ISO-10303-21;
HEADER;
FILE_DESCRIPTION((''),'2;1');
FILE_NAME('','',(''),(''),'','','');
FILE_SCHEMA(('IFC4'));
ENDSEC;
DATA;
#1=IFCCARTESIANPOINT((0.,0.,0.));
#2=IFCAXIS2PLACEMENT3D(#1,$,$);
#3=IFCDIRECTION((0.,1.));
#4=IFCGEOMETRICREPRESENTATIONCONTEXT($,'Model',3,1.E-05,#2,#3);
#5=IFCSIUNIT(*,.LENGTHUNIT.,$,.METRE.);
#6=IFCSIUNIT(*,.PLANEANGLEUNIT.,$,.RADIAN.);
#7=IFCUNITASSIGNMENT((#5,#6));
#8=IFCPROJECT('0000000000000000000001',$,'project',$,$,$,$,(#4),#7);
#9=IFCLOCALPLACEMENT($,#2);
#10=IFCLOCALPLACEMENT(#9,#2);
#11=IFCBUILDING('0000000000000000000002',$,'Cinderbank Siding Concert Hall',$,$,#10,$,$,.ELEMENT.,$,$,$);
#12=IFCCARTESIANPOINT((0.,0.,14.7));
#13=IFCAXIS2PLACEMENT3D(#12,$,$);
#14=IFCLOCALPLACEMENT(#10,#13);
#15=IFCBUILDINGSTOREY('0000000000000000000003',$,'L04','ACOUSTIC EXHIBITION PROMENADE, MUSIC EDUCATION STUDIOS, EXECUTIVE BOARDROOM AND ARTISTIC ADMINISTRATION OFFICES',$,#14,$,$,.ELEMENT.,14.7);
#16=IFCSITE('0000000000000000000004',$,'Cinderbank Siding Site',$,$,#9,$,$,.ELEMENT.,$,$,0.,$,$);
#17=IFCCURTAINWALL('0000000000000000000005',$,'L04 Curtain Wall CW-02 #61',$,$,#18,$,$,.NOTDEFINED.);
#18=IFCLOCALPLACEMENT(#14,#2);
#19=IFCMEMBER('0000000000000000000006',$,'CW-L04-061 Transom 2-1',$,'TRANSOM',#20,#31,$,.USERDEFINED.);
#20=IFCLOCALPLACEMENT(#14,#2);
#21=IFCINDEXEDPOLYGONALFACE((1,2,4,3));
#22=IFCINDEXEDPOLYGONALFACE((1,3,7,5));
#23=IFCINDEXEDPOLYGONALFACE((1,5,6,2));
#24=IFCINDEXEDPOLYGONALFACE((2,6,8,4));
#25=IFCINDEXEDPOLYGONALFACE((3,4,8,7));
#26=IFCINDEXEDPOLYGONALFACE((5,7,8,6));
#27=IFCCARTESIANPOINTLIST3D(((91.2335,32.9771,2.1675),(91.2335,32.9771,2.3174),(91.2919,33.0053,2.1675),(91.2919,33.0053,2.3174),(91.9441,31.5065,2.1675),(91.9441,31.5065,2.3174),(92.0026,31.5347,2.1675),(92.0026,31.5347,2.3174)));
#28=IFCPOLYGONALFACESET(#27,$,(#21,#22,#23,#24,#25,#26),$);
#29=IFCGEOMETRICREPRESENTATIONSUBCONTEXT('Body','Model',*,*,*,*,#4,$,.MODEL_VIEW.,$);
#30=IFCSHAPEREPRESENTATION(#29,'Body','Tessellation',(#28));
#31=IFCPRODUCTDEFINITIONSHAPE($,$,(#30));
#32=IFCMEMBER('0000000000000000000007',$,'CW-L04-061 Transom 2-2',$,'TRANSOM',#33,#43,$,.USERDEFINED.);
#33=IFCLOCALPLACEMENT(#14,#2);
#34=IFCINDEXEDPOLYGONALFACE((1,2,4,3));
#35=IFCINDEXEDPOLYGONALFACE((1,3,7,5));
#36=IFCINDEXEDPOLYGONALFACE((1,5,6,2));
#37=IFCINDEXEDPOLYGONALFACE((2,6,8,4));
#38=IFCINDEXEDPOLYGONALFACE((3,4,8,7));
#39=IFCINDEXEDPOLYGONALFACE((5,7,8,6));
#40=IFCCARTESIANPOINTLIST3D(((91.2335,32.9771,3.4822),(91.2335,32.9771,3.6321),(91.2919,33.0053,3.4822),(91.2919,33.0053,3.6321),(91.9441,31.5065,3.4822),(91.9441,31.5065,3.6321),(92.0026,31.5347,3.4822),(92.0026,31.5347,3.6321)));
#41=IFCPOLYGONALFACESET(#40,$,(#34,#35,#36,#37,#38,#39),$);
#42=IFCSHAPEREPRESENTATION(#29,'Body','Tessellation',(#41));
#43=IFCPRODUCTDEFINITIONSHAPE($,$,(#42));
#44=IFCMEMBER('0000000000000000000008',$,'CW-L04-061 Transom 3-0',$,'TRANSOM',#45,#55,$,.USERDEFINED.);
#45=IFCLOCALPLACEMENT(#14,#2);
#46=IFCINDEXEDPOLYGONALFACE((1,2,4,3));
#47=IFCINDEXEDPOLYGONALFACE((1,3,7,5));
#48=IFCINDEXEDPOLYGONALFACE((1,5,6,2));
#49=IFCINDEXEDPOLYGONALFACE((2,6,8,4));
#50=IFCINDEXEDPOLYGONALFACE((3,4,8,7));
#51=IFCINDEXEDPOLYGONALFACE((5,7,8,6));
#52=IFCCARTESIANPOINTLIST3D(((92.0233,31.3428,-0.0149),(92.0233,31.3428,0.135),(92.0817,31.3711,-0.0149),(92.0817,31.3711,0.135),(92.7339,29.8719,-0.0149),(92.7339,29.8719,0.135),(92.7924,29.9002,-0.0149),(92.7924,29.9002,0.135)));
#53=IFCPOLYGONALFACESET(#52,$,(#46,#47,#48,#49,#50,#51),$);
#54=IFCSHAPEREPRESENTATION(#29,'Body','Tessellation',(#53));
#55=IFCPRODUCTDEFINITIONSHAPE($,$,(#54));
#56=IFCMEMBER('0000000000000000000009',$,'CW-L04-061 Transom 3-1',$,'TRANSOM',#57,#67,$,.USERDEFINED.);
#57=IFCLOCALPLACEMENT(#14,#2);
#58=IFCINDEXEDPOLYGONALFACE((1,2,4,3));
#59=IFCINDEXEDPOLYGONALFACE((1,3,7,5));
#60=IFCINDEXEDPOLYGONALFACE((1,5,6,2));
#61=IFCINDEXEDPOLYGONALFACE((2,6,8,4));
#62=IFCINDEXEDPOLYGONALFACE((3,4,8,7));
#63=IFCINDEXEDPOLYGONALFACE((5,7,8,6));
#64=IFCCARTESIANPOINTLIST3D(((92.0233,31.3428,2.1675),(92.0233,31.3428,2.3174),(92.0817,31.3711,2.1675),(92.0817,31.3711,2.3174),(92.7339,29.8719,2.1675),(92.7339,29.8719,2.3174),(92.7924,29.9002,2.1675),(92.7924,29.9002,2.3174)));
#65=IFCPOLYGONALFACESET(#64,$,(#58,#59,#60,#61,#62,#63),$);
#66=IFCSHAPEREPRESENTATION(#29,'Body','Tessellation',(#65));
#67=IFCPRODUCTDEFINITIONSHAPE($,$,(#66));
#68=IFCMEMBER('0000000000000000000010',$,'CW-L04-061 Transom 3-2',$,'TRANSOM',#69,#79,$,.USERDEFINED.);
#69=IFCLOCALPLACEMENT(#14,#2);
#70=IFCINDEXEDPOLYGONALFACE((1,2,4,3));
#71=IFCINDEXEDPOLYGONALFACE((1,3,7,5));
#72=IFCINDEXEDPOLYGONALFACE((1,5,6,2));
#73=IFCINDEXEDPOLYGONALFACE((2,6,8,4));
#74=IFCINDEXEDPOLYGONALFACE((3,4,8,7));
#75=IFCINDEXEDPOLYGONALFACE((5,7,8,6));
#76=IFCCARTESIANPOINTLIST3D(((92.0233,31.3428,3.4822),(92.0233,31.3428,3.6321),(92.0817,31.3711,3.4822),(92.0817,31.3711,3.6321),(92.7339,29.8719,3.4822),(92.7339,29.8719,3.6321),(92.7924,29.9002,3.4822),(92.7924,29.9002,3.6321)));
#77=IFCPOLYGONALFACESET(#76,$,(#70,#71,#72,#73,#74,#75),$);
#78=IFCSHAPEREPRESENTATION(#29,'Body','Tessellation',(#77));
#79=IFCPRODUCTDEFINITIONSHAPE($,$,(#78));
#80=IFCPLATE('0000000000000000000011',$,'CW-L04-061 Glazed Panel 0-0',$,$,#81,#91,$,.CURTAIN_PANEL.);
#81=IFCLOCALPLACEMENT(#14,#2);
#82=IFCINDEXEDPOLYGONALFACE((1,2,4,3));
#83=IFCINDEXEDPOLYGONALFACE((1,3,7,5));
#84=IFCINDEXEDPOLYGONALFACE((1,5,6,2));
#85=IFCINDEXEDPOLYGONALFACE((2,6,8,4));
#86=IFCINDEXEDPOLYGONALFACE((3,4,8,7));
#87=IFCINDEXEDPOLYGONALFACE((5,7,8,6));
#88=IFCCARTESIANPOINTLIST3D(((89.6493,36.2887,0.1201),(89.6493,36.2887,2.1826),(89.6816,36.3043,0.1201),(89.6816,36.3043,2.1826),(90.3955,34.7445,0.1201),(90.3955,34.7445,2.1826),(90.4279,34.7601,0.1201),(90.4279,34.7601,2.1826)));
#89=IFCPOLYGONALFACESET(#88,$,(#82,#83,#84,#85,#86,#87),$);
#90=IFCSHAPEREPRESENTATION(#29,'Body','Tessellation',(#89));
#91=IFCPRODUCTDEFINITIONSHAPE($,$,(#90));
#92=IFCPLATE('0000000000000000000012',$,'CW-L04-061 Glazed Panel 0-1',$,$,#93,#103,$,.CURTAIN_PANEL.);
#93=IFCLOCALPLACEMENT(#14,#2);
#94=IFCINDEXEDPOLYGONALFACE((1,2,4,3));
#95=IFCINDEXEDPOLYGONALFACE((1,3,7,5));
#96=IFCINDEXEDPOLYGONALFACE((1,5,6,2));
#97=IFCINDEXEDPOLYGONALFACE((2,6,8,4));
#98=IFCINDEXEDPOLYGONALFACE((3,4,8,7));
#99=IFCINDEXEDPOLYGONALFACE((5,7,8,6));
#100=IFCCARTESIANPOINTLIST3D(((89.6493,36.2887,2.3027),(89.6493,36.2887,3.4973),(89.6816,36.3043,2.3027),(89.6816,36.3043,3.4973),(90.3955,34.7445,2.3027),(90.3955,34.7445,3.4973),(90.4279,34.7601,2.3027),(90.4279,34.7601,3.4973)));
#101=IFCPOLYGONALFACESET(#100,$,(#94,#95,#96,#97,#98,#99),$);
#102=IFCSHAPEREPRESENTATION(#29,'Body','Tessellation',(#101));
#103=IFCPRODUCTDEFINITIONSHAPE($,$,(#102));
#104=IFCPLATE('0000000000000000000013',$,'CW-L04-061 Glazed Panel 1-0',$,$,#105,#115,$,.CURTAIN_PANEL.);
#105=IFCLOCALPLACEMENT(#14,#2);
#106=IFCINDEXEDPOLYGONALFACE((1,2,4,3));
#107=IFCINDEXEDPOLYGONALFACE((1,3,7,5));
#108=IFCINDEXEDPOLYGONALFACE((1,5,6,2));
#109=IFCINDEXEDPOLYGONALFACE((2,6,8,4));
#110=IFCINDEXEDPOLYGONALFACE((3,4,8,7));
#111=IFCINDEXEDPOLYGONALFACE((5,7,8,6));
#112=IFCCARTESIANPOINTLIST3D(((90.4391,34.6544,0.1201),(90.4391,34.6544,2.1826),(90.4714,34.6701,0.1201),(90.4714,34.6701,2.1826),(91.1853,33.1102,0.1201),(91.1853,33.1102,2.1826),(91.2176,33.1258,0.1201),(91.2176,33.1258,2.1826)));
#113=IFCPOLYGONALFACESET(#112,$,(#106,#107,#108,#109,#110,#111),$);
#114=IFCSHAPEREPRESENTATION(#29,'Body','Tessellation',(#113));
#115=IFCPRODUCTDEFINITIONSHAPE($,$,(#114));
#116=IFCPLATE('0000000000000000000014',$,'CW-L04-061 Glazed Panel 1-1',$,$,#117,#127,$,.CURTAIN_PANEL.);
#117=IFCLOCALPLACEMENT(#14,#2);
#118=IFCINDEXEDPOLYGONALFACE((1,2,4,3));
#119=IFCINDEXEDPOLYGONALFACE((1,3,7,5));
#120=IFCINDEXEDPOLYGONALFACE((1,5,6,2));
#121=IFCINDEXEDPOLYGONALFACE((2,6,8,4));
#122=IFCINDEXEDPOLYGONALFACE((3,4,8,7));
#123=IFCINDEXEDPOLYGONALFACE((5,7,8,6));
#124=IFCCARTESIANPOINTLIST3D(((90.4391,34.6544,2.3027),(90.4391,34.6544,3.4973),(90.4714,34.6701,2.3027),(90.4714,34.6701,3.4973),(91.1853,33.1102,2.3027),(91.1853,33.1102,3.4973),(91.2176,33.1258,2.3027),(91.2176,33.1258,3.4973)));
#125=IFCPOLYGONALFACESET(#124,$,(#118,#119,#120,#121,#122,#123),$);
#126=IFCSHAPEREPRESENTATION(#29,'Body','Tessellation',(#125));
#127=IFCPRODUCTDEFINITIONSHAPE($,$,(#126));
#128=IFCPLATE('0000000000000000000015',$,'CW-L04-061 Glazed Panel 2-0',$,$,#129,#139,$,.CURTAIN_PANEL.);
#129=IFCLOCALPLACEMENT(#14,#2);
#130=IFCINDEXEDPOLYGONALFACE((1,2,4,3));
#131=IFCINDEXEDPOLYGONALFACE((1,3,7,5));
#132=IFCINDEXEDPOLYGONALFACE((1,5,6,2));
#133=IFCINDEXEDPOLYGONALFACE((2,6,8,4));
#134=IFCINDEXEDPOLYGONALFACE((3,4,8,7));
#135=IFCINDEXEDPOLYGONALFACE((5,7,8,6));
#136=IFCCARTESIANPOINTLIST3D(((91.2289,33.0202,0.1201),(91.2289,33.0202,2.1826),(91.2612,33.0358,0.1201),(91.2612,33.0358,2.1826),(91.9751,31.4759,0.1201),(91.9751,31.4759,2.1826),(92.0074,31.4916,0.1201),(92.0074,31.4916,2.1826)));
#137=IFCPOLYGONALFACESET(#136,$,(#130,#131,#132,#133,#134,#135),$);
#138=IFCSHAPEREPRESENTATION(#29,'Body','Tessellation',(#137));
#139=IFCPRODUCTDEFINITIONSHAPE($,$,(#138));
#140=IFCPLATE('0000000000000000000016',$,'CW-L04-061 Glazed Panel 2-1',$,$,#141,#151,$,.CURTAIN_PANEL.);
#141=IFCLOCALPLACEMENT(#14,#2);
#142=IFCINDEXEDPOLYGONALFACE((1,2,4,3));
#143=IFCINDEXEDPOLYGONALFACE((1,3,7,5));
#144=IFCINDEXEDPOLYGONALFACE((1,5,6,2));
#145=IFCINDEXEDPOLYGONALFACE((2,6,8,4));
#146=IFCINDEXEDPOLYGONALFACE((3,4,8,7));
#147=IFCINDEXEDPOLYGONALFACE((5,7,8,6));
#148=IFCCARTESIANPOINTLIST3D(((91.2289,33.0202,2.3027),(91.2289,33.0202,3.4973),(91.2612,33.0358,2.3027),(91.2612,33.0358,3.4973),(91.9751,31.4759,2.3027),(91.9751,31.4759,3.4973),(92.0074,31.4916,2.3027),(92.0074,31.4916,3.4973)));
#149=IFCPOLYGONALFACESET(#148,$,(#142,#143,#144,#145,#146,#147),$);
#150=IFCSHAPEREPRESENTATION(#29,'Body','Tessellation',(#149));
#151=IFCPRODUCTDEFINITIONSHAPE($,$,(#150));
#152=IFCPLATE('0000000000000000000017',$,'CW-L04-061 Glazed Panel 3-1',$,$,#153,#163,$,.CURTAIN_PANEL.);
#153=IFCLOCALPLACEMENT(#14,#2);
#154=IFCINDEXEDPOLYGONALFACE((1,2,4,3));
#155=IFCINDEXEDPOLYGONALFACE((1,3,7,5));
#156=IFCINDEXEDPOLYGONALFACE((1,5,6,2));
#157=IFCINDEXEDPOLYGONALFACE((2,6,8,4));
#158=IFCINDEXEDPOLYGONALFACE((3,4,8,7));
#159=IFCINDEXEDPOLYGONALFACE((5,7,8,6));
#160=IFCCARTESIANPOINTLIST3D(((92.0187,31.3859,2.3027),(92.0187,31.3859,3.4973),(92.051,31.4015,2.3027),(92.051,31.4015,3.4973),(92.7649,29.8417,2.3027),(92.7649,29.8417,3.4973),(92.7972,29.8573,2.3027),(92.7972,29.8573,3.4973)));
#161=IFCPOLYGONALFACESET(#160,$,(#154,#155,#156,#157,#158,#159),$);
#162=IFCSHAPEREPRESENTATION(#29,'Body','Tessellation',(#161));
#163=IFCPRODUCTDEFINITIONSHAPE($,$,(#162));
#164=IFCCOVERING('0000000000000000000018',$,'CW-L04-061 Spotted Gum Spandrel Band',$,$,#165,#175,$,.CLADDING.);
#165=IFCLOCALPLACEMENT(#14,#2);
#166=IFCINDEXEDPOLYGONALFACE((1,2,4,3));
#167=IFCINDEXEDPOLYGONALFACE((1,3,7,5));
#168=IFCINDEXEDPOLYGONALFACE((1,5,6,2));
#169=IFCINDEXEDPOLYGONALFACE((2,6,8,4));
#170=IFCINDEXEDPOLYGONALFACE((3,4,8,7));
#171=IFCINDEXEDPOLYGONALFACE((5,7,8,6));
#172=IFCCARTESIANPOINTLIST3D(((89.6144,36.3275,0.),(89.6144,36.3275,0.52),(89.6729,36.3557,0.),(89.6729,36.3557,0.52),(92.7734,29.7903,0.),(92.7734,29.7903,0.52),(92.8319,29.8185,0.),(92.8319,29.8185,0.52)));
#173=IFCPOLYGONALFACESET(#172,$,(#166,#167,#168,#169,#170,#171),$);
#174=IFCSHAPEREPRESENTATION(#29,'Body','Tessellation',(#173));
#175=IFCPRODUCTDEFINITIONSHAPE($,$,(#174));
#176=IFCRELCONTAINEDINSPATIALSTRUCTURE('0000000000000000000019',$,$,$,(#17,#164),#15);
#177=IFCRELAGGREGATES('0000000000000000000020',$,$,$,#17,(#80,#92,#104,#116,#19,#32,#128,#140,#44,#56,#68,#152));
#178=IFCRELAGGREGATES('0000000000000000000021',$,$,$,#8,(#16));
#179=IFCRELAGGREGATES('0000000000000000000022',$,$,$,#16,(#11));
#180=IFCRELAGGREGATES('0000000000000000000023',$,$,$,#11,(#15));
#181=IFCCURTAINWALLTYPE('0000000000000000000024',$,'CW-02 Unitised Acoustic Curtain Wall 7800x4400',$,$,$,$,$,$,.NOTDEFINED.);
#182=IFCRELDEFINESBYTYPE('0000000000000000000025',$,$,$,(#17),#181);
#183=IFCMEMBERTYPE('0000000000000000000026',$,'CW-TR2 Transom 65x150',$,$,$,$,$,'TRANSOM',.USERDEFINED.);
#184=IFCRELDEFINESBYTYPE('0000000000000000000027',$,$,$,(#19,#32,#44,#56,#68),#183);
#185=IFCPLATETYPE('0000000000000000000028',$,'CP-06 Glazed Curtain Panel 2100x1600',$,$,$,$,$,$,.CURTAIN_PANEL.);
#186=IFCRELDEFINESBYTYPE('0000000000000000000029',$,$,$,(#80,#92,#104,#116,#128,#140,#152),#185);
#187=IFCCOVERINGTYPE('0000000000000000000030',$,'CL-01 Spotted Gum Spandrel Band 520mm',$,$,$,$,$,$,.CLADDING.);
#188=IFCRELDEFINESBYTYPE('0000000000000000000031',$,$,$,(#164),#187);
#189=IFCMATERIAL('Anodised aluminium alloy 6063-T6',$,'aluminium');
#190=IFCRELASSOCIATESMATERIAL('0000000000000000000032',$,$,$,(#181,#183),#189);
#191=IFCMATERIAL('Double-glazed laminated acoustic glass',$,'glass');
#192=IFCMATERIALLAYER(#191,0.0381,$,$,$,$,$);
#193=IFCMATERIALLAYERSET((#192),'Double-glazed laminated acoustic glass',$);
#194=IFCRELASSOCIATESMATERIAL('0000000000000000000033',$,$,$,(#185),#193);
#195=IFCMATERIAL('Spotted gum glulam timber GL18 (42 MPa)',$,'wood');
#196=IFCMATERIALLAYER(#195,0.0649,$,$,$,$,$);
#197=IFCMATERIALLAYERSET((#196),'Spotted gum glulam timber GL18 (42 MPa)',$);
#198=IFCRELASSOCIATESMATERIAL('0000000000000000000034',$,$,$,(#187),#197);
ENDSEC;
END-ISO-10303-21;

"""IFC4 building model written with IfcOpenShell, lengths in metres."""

from ifc_helpers import new_model, si_unit, direction, frame, origin, origin_2d, place, context, subcontext, project, spatial, rectangle, extrude, material, layer, layer_set, material_profile, profile_set, type_object, element, aggregate, save


model = new_model("IFC4")

# Units and contexts
model_context = context("Model", 3, precision=1e-05, world=origin(), true_north=direction((0.0, 1.0)))
body_context = subcontext(model_context, "Body", "Model", "MODEL_VIEW")
ifc_project = project(units=[si_unit("LENGTHUNIT", "METRE"), si_unit("PLANEANGLEUNIT", "RADIAN")], contexts=[model_context])

# Site, building, storey
site_placement = place(None, origin())
site = spatial("IfcSite", under=ifc_project, at=site_placement, Name="Cinderbank Siding Site", CompositionType="ELEMENT", RefElevation=0.0)
building_placement = place(site_placement, origin())
building = spatial("IfcBuilding", under=site, at=building_placement, Name="Cinderbank Siding Concert Hall", CompositionType="ELEMENT")
storey_placement = place(building_placement, frame((0.0, 0.0, 14.7)))
storey = spatial("IfcBuildingStorey", under=building, at=storey_placement, Name="L04", Description="ACOUSTIC EXHIBITION PROMENADE, MUSIC EDUCATION STUDIOS, EXECUTIVE BOARDROOM AND ARTISTIC ADMINISTRATION OFFICES", CompositionType="ELEMENT", Elevation=14.7)

# Curtain wall, members, plates
ifc_material_1 = material(Name="Anodised aluminium alloy 6063-T6", Category="aluminium")
curtain_wall_type = type_object("IfcCurtainWallType", Name="CW-02 Unitised Acoustic Curtain Wall 7800x4400", PredefinedType="NOTDEFINED", material=ifc_material_1)
curtain_wall_placement = place(storey_placement, origin())
curtain_wall = element("IfcCurtainWall", 1, at=curtain_wall_placement, inside=storey, type_object=curtain_wall_type, Name="L04 Curtain Wall CW-02 #61", PredefinedType="NOTDEFINED")
ifc_material_profile_1 = material_profile(ifc_material_1, rectangle(XDim=0.0649, YDim=0.1499, at=origin_2d()), Name="ALU-TRAN-65x150", Category="LoadBearing")
ifc_profile_set_1 = profile_set([ifc_material_profile_1], Name="Anodised aluminium alloy 6063-T6")
member_type_1 = type_object("IfcMemberType", Name="CW-TR2 Transom 65x150", ElementType="TRANSOM", PredefinedType="USERDEFINED", material=ifc_profile_set_1)
member_1_placement = place(storey_placement, frame((91.2627, 32.9912, 2.2424), z_axis=(0.435096, -0.900384, 0.0), x_axis=(0.900384, 0.435096, 0.0)))
member_1 = element("IfcMember", 2, at=member_1_placement, type_object=member_type_1, Name="CW-L04-061 Transom 2-1", ObjectType="TRANSOM", PredefinedType="USERDEFINED", context=body_context, shape_type="SweptSolid", body=[
    extrude(rectangle(XDim=0.0649, YDim=0.1499, at=origin_2d()), origin(), (0.0, 0.0, 1.0), 1.6333),
])
member_2_placement = place(storey_placement, frame((91.2627, 32.9912, 3.5571), z_axis=(0.435096, -0.900384, 0.0), x_axis=(0.900384, 0.435096, 0.0)))
member_2 = element("IfcMember", 3, at=member_2_placement, type_object=member_type_1, Name="CW-L04-061 Transom 2-2", ObjectType="TRANSOM", PredefinedType="USERDEFINED", context=body_context, shape_type="SweptSolid", body=[
    extrude(rectangle(XDim=0.0649, YDim=0.1499, at=origin_2d()), origin(), (0.0, 0.0, 1.0), 1.6333),
])
member_3_placement = place(storey_placement, frame((92.0525, 31.3569, 0.0601), z_axis=(0.435037, -0.900412, 0.0), x_axis=(0.900412, 0.435037, 0.0)))
member_3 = element("IfcMember", 4, at=member_3_placement, type_object=member_type_1, Name="CW-L04-061 Transom 3-0", ObjectType="TRANSOM", PredefinedType="USERDEFINED", context=body_context, shape_type="SweptSolid", body=[
    extrude(rectangle(XDim=0.0649, YDim=0.1499, at=origin_2d()), origin(), (0.0, 0.0, 1.0), 1.6335),
])
member_4_placement = place(storey_placement, frame((92.0525, 31.3569, 2.2424), z_axis=(0.435037, -0.900412, 0.0), x_axis=(0.900412, 0.435037, 0.0)))
member_4 = element("IfcMember", 5, at=member_4_placement, type_object=member_type_1, Name="CW-L04-061 Transom 3-1", ObjectType="TRANSOM", PredefinedType="USERDEFINED", context=body_context, shape_type="SweptSolid", body=[
    extrude(rectangle(XDim=0.0649, YDim=0.1499, at=origin_2d()), origin(), (0.0, 0.0, 1.0), 1.6335),
])
member_5_placement = place(storey_placement, frame((92.0525, 31.3569, 3.5571), z_axis=(0.435037, -0.900412, 0.0), x_axis=(0.900412, 0.435037, 0.0)))
member_5 = element("IfcMember", 6, at=member_5_placement, type_object=member_type_1, Name="CW-L04-061 Transom 3-2", ObjectType="TRANSOM", PredefinedType="USERDEFINED", context=body_context, shape_type="SweptSolid", body=[
    extrude(rectangle(XDim=0.0649, YDim=0.1499, at=origin_2d()), origin(), (0.0, 0.0, 1.0), 1.6335),
])
ifc_material_2 = material(Name="Double-glazed laminated acoustic glass", Category="glass")
ifc_layer_1 = layer(ifc_material_2, 0.0381)
ifc_layer_set_1 = layer_set([ifc_layer_1], Name="Double-glazed laminated acoustic glass")
plate_type = type_object("IfcPlateType", Name="CP-06 Glazed Curtain Panel 2100x1600", PredefinedType="CURTAIN_PANEL", material=ifc_layer_set_1)
plate_1_placement = place(storey_placement, frame((90.0386, 35.5244, 0.1201), z_axis=(0.0, 0.0, 1.0), x_axis=(0.435102, -0.900381, 0.0)))
plate_1 = element("IfcPlate", 7, at=plate_1_placement, type_object=plate_type, Name="CW-L04-061 Glazed Panel 0-0", PredefinedType="CURTAIN_PANEL", context=body_context, shape_type="SweptSolid", body=[
    extrude(rectangle(XDim=1.7151, YDim=0.0359, at=origin_2d()), origin(), (0.0, 0.0, 1.0), 2.0625),
])
plate_2_placement = place(storey_placement, frame((90.0386, 35.5244, 2.3027), z_axis=(0.0, 0.0, 1.0), x_axis=(0.435102, -0.900381, 0.0)))
plate_2 = element("IfcPlate", 8, at=plate_2_placement, type_object=plate_type, Name="CW-L04-061 Glazed Panel 0-1", PredefinedType="CURTAIN_PANEL", context=body_context, shape_type="SweptSolid", body=[
    extrude(rectangle(XDim=1.7151, YDim=0.0359, at=origin_2d()), origin(), (0.0, 0.0, 1.0), 1.1946),
])
plate_3_placement = place(storey_placement, frame((90.8284, 33.8901, 0.1201), z_axis=(0.0, 0.0, 1.0), x_axis=(0.435102, -0.900381, 0.0)))
plate_3 = element("IfcPlate", 9, at=plate_3_placement, type_object=plate_type, Name="CW-L04-061 Glazed Panel 1-0", PredefinedType="CURTAIN_PANEL", context=body_context, shape_type="SweptSolid", body=[
    extrude(rectangle(XDim=1.7151, YDim=0.0359, at=origin_2d()), origin(), (0.0, 0.0, 1.0), 2.0625),
])
plate_4_placement = place(storey_placement, frame((90.8284, 33.8901, 2.3027), z_axis=(0.0, 0.0, 1.0), x_axis=(0.435102, -0.900381, 0.0)))
plate_4 = element("IfcPlate", 10, at=plate_4_placement, type_object=plate_type, Name="CW-L04-061 Glazed Panel 1-1", PredefinedType="CURTAIN_PANEL", context=body_context, shape_type="SweptSolid", body=[
    extrude(rectangle(XDim=1.7151, YDim=0.0359, at=origin_2d()), origin(), (0.0, 0.0, 1.0), 1.1946),
])
plate_5_placement = place(storey_placement, frame((91.6182, 32.2559, 0.1201), z_axis=(0.0, 0.0, 1.0), x_axis=(0.435102, -0.900381, 0.0)))
plate_5 = element("IfcPlate", 11, at=plate_5_placement, type_object=plate_type, Name="CW-L04-061 Glazed Panel 2-0", PredefinedType="CURTAIN_PANEL", context=body_context, shape_type="SweptSolid", body=[
    extrude(rectangle(XDim=1.7151, YDim=0.0359, at=origin_2d()), origin(), (0.0, 0.0, 1.0), 2.0625),
])
plate_6_placement = place(storey_placement, frame((91.6182, 32.2559, 2.3027), z_axis=(0.0, 0.0, 1.0), x_axis=(0.435102, -0.900381, 0.0)))
plate_6 = element("IfcPlate", 12, at=plate_6_placement, type_object=plate_type, Name="CW-L04-061 Glazed Panel 2-1", PredefinedType="CURTAIN_PANEL", context=body_context, shape_type="SweptSolid", body=[
    extrude(rectangle(XDim=1.7151, YDim=0.0359, at=origin_2d()), origin(), (0.0, 0.0, 1.0), 1.1946),
])
plate_7_placement = place(storey_placement, frame((92.408, 30.6216, 2.3027), z_axis=(0.0, 0.0, 1.0), x_axis=(0.435102, -0.900381, 0.0)))
plate_7 = element("IfcPlate", 13, at=plate_7_placement, type_object=plate_type, Name="CW-L04-061 Glazed Panel 3-1", PredefinedType="CURTAIN_PANEL", context=body_context, shape_type="SweptSolid", body=[
    extrude(rectangle(XDim=1.7151, YDim=0.0359, at=origin_2d()), origin(), (0.0, 0.0, 1.0), 1.1946),
])
aggregate(curtain_wall, [plate_1, plate_2, plate_3, plate_4, member_1, member_2, plate_5, plate_6, member_3, member_4, member_5, plate_7])

# Covering
ifc_material_3 = material(Name="Spotted gum glulam timber GL18 (42 MPa)", Category="wood")
ifc_layer_2 = layer(ifc_material_3, 0.0649)
ifc_layer_set_2 = layer_set([ifc_layer_2], Name="Spotted gum glulam timber GL18 (42 MPa)")
covering_type = type_object("IfcCoveringType", Name="CL-01 Spotted Gum Spandrel Band 520mm", PredefinedType="CLADDING", material=ifc_layer_set_2)
covering_placement = place(storey_placement, frame((91.2231, 33.073, 0.0), z_axis=(0.0, 0.0, 1.0), x_axis=(0.435102, -0.900381, 0.0)))
element("IfcCovering", 14, at=covering_placement, inside=storey, type_object=covering_type, Name="CW-L04-061 Spotted Gum Spandrel Band", PredefinedType="CLADDING", context=body_context, shape_type="SweptSolid", body=[
    extrude(rectangle(XDim=7.2605, YDim=0.0649, at=origin_2d()), origin(), (0.0, 0.0, 1.0), 0.52),
])

save(model, "model.ifc")
